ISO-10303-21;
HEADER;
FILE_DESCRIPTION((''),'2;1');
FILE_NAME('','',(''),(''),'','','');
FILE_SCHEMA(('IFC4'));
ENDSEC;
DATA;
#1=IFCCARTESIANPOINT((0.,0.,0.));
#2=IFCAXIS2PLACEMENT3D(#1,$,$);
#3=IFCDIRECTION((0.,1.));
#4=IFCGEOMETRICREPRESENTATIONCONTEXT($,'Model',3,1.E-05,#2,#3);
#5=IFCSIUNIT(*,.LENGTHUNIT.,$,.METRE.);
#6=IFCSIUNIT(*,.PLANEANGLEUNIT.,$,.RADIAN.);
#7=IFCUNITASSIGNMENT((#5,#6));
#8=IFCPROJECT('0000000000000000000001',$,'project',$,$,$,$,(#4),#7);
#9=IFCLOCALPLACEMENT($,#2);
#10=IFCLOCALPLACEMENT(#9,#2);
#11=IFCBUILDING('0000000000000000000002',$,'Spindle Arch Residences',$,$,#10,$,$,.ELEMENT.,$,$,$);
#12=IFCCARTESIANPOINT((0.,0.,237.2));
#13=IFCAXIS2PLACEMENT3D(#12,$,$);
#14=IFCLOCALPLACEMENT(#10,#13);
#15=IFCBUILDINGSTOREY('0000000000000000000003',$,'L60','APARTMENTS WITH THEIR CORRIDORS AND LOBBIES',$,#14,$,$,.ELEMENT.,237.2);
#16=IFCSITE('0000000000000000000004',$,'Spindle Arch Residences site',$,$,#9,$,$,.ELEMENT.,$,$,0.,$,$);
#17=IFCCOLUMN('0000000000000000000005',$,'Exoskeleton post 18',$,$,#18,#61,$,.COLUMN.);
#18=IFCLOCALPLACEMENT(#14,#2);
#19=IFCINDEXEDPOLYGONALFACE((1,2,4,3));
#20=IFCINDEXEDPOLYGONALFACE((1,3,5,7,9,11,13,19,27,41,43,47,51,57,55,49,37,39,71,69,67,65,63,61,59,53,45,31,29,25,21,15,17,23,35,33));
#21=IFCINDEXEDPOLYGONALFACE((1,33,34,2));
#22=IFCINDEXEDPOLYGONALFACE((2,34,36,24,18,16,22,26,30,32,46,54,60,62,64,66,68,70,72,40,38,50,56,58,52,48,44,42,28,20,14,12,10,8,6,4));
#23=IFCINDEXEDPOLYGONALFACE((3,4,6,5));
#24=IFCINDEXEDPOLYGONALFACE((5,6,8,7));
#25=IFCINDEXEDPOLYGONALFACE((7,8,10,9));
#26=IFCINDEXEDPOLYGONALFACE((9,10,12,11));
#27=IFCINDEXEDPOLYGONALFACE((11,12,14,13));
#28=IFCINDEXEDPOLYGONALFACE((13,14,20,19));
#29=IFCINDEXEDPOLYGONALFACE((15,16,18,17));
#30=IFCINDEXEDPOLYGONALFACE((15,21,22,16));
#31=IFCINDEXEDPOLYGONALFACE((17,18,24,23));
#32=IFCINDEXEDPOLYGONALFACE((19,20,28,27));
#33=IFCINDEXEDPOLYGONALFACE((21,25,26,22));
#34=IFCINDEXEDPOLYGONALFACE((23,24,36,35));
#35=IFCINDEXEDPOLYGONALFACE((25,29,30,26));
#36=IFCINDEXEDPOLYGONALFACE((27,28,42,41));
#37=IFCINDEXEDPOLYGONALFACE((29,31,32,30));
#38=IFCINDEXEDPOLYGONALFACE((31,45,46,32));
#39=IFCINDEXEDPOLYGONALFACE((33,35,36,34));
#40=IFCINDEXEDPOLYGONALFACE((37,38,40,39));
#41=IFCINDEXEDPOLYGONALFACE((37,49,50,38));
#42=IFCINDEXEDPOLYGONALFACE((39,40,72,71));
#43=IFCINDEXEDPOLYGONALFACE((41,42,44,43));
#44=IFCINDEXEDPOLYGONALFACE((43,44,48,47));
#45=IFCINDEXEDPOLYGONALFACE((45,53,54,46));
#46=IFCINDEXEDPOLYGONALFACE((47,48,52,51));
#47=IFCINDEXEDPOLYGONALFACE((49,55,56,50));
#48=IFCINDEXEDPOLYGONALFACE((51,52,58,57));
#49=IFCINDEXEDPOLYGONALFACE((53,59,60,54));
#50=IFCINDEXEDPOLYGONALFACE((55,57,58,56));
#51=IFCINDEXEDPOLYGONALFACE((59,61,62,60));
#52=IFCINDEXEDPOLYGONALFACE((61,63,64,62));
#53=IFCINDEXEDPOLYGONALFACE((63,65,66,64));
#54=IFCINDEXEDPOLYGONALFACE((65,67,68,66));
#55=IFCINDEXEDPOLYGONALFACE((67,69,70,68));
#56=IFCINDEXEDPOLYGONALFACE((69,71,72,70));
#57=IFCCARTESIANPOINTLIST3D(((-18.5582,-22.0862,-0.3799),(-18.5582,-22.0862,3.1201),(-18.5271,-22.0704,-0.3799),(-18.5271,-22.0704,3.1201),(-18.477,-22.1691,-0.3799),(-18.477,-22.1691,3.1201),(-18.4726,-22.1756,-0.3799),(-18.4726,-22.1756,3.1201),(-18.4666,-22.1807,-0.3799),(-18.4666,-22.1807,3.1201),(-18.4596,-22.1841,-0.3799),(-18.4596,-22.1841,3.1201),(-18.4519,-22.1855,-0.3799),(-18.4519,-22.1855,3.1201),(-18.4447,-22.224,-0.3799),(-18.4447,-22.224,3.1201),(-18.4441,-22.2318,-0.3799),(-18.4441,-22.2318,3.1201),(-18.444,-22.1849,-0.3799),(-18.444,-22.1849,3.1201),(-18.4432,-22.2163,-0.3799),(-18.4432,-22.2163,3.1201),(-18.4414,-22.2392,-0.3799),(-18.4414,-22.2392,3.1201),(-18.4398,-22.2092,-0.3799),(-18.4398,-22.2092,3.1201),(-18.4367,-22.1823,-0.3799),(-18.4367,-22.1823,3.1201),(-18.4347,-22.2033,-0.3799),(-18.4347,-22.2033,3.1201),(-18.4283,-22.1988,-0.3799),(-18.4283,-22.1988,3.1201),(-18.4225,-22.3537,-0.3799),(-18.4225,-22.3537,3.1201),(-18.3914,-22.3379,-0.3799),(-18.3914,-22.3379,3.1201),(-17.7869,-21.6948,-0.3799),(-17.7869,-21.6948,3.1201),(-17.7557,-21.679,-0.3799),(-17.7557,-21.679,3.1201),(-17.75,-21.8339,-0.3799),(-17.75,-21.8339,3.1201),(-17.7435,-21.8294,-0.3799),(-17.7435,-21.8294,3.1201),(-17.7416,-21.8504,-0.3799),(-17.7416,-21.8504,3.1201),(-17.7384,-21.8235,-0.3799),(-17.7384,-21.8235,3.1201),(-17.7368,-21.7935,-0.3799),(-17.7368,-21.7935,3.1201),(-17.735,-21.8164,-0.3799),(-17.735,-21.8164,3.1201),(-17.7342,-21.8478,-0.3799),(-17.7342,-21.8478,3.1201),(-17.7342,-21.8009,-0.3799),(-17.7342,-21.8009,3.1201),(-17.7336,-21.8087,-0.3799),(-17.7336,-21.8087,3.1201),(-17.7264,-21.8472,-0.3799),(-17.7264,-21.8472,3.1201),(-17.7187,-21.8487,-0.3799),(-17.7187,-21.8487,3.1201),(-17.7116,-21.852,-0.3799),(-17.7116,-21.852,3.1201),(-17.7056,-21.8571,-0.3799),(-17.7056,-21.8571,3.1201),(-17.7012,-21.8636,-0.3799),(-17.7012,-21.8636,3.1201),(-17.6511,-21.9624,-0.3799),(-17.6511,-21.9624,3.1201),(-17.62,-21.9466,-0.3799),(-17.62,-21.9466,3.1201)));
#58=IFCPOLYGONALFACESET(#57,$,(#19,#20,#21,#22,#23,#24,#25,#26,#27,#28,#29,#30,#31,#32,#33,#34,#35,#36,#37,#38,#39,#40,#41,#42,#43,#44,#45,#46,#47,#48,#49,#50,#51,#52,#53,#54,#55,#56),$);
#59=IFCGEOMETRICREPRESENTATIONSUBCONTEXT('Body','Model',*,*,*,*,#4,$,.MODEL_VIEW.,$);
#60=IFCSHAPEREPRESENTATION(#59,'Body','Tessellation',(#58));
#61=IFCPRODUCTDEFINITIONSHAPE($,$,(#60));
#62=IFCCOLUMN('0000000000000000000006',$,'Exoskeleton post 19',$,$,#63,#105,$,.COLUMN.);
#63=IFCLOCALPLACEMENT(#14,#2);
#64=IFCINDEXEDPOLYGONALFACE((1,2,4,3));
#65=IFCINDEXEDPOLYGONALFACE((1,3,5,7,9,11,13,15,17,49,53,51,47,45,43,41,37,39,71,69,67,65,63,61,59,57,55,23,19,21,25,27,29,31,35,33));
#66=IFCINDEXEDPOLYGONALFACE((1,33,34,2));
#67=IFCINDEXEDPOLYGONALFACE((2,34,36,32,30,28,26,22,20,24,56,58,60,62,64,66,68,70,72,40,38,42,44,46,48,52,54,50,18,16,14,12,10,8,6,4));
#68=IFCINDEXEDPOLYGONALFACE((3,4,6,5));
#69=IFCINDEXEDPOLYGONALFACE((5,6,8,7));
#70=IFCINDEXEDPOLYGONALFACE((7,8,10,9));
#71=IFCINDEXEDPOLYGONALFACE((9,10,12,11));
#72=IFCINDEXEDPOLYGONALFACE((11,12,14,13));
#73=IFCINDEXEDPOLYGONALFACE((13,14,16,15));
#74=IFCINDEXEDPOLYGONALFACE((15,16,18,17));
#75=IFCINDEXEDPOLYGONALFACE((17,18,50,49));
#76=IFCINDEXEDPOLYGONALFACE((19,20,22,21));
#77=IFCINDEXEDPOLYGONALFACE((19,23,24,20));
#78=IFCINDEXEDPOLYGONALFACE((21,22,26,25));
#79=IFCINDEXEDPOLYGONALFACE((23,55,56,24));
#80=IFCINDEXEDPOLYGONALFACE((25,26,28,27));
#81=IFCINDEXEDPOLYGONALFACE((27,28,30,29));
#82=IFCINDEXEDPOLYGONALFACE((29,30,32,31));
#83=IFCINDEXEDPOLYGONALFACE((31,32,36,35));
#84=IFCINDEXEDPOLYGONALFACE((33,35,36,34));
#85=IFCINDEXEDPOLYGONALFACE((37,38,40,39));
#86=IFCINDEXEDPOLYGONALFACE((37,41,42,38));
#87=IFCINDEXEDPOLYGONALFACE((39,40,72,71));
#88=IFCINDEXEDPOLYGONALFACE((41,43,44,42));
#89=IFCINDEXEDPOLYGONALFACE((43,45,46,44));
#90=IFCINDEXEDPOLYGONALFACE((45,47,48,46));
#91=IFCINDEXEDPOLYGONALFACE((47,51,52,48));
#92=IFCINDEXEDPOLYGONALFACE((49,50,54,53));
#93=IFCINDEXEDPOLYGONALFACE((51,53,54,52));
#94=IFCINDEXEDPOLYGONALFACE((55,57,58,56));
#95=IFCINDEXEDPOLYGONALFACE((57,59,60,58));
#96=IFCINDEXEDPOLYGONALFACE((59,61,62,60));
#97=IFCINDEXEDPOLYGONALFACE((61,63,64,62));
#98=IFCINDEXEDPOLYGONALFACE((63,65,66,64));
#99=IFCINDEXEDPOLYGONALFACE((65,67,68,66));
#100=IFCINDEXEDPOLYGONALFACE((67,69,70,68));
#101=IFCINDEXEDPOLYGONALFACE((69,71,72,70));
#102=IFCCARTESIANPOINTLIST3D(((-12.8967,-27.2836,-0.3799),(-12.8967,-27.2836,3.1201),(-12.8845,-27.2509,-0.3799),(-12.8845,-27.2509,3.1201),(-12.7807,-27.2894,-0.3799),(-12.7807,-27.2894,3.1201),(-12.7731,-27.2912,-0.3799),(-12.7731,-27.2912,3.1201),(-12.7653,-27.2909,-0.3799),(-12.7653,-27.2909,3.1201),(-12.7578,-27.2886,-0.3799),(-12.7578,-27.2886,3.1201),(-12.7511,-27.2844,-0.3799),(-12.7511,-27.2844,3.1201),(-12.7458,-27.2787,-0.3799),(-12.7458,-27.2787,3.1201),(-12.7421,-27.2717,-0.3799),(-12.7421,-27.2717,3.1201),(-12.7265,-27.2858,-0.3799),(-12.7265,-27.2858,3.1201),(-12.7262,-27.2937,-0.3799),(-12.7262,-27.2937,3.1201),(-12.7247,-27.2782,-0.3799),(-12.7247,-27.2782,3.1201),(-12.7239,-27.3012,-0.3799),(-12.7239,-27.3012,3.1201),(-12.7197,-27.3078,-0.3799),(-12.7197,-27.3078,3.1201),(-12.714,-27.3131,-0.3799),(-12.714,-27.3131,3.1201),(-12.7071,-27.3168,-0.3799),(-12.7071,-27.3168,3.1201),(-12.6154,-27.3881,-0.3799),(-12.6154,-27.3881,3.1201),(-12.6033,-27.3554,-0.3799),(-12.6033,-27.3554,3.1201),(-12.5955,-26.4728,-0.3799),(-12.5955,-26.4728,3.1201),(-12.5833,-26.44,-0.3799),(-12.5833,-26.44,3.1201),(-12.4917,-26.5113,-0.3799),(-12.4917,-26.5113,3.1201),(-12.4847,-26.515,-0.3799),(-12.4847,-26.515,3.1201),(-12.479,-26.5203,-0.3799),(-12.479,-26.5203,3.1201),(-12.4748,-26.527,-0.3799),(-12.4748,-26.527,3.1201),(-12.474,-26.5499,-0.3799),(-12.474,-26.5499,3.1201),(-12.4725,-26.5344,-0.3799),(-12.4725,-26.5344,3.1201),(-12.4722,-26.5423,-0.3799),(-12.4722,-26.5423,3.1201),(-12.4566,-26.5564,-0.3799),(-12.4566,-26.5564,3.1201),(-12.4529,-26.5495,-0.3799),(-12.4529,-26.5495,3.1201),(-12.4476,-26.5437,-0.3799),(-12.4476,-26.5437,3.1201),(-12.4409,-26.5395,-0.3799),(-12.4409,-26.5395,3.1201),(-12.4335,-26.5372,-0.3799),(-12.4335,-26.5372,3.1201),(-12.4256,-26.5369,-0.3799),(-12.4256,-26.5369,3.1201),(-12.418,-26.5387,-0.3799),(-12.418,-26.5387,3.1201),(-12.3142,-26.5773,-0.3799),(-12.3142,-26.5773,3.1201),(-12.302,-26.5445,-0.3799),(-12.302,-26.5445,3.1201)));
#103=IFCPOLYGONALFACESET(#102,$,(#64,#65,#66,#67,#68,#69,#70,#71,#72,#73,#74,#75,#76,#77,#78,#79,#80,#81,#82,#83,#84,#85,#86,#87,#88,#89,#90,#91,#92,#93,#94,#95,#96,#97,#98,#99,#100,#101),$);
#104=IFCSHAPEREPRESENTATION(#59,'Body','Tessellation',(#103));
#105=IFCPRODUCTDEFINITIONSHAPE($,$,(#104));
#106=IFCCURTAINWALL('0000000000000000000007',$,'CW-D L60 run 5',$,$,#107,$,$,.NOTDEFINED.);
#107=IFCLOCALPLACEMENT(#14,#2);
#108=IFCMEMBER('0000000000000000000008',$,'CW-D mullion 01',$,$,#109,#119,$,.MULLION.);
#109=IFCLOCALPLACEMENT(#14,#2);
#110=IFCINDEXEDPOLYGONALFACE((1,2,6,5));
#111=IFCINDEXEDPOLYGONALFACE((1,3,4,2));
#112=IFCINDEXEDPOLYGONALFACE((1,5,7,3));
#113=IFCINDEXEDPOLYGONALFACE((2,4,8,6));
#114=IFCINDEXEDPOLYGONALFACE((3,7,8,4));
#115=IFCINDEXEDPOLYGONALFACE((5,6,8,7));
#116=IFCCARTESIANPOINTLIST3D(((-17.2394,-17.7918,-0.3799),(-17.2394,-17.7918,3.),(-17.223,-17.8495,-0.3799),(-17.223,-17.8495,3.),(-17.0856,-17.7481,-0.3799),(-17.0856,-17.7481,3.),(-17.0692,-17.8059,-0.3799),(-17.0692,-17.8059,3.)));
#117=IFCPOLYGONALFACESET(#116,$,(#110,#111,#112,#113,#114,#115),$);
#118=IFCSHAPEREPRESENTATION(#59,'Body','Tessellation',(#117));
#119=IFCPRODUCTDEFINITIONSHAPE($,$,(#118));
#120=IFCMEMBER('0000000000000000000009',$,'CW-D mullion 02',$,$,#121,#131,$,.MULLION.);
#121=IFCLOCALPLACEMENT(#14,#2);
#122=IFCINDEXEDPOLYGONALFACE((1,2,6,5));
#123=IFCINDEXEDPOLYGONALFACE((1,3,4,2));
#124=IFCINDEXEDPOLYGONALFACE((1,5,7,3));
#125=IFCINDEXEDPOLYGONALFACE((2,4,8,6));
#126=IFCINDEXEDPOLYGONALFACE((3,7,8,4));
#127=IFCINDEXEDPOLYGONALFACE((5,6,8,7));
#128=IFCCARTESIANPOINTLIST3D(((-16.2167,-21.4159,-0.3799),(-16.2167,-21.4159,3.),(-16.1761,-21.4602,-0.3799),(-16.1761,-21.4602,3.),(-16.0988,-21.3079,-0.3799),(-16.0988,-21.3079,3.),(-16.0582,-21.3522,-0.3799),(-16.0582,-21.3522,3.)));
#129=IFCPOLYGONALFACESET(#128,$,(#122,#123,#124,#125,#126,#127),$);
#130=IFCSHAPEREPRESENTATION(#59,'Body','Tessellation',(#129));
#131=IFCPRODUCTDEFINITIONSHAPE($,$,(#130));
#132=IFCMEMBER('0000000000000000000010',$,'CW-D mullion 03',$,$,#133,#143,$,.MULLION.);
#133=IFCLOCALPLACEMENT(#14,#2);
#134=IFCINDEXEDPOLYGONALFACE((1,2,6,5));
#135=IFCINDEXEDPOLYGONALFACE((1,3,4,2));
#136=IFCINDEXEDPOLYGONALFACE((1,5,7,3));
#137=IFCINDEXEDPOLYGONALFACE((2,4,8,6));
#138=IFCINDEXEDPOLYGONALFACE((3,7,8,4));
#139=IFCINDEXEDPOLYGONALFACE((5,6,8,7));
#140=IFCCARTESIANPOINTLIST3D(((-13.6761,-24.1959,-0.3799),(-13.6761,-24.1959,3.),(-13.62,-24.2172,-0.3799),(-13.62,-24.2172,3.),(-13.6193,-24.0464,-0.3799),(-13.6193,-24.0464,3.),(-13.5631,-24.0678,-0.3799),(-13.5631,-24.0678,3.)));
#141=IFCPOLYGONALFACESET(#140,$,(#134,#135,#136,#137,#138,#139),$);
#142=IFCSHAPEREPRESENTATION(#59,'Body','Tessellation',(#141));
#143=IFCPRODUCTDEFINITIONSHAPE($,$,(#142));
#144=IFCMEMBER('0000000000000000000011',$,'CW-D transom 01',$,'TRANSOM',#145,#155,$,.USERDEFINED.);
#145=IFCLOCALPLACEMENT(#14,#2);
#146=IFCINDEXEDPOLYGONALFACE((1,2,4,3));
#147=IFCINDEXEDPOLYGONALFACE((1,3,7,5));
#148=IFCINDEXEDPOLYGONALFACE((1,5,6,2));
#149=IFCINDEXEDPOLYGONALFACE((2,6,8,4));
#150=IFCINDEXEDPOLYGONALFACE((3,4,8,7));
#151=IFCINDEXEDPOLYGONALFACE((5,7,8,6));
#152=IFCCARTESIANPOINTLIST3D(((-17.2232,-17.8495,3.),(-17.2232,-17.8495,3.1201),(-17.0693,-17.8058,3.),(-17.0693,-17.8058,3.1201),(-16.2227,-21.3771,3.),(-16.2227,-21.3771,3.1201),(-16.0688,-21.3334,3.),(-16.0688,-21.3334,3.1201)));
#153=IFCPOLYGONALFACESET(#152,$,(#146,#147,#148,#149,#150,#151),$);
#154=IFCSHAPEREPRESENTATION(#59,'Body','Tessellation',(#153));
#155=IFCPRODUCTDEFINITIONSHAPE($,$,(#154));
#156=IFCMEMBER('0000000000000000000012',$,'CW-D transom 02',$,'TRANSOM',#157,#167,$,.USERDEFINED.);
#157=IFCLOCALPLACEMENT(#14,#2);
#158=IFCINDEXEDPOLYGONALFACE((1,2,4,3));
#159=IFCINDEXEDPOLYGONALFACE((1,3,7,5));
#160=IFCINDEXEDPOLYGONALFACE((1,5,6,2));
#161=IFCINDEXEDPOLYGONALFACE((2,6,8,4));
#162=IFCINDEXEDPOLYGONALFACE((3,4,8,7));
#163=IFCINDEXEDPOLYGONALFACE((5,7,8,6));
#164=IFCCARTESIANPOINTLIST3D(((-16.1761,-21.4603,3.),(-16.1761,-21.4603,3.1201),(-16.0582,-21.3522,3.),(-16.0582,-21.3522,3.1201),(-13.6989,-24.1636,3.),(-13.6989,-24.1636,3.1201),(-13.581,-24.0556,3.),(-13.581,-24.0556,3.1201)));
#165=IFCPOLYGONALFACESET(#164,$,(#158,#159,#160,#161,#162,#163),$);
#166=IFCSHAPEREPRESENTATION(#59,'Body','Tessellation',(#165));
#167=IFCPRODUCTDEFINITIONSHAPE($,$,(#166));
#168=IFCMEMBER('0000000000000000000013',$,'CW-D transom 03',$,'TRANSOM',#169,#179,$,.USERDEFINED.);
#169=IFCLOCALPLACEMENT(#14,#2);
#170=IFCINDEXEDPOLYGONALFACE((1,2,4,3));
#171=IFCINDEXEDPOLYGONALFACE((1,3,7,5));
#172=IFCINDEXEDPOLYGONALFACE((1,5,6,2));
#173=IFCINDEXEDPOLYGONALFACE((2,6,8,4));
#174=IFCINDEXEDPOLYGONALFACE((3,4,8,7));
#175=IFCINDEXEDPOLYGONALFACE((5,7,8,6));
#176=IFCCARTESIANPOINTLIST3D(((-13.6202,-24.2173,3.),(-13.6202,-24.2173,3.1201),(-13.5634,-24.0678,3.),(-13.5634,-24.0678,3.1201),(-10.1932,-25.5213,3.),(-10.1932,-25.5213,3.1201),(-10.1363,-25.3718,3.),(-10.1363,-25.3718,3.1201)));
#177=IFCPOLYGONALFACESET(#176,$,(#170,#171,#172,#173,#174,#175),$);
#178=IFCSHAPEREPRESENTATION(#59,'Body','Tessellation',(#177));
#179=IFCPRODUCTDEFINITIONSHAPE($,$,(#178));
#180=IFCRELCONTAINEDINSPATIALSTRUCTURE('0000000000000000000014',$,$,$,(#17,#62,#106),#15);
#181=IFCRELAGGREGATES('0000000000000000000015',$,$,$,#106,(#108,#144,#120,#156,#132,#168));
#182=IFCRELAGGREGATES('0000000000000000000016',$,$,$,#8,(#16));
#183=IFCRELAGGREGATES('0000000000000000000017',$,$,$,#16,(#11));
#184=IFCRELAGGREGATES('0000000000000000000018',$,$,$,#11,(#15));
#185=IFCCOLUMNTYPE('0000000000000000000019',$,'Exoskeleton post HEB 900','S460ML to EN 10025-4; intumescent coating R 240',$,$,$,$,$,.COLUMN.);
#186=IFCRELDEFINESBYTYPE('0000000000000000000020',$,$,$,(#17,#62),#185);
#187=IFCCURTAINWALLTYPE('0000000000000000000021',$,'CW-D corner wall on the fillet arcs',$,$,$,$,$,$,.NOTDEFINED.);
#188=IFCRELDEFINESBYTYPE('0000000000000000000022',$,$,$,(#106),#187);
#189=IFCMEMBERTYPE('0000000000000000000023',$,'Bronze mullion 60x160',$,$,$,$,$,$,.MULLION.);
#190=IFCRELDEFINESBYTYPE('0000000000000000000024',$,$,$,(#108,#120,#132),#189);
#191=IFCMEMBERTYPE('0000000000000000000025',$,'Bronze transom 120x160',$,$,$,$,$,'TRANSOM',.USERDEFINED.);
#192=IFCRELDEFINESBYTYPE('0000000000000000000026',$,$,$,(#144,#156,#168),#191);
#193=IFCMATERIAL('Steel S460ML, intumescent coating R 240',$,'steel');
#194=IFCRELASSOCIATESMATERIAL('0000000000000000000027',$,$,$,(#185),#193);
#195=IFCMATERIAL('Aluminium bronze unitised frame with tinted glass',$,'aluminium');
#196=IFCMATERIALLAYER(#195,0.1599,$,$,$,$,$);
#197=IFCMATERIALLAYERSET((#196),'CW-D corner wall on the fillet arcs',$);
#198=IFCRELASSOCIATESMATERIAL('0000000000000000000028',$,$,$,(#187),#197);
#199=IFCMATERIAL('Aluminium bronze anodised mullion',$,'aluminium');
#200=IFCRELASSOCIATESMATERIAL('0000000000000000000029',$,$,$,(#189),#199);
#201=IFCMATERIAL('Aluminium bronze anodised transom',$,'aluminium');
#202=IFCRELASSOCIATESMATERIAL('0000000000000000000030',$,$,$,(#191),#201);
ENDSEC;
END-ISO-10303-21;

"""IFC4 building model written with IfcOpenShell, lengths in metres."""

from ifc_helpers import new_model, si_unit, direction, frame, origin, origin_2d, place, context, subcontext, project, spatial, rectangle, i_section, extrude, material, layer, layer_set, material_profile, profile_set, type_object, element, aggregate, save


model = new_model("IFC4")

# Units and contexts
model_context = context("Model", 3, precision=1e-05, world=origin(), true_north=direction((0.0, 1.0)))
body_context = subcontext(model_context, "Body", "Model", "MODEL_VIEW")
ifc_project = project(units=[si_unit("LENGTHUNIT", "METRE"), si_unit("PLANEANGLEUNIT", "RADIAN")], contexts=[model_context])

# Site, building, storey
site_placement = place(None, origin())
site = spatial("IfcSite", under=ifc_project, at=site_placement, Name="Spindle Arch Residences site", CompositionType="ELEMENT", RefElevation=0.0)
building_placement = place(site_placement, origin())
building = spatial("IfcBuilding", under=site, at=building_placement, Name="Spindle Arch Residences", CompositionType="ELEMENT")
storey_placement = place(building_placement, frame((0.0, 0.0, 237.2)))
storey = spatial("IfcBuildingStorey", under=building, at=storey_placement, Name="L60", Description="APARTMENTS WITH THEIR CORRIDORS AND LOBBIES", CompositionType="ELEMENT", Elevation=237.2)

# Columns
ifc_material_1 = material(Name="Steel S460ML, intumescent coating R 240", Category="steel")
ifc_material_profile_1 = material_profile(ifc_material_1, i_section(OverallWidth=0.3, OverallDepth=0.8999, WebThickness=0.0186, FlangeThickness=0.0349, FilletRadius=0.03, at=origin_2d()), Name="HEB 900")
ifc_profile_set_1 = profile_set([ifc_material_profile_1], Name="Steel S460ML, intumescent coating R 240")
column_type = type_object("IfcColumnType", Name="Exoskeleton post HEB 900", Description="S460ML to EN 10025-4; intumescent coating R 240", PredefinedType="COLUMN", material=ifc_profile_set_1)
for number, where, z_axis, x_axis, name in (
    (1, (-18.0891, -22.0164, -0.3799), (0.0, 0.0, 1.0), (-0.452474, 0.891778, 0.0), "Exoskeleton post 18"),
    (2, (-12.5994, -26.9141, -0.3799), (0.0, 0.0, 1.0), (-0.937401, 0.348253, 0.0), "Exoskeleton post 19"),
):
    element("IfcColumn", number, at=place(storey_placement, frame(where, z_axis=z_axis, x_axis=x_axis)), inside=storey, type_object=column_type, Name=name, PredefinedType="COLUMN", context=body_context, shape_type="SweptSolid", body=[
        extrude(i_section(OverallWidth=0.3, OverallDepth=0.8999, WebThickness=0.0186, FlangeThickness=0.0349, FilletRadius=0.03, at=origin_2d()), origin(), (0.0, 0.0, 1.0), 3.5),
    ])

# Curtain wall, members
ifc_material_2 = material(Name="Aluminium bronze unitised frame with tinted glass", Category="aluminium")
ifc_layer_1 = layer(ifc_material_2, 0.1599)
ifc_layer_set_1 = layer_set([ifc_layer_1], Name="CW-D corner wall on the fillet arcs")
curtain_wall_type = type_object("IfcCurtainWallType", Name="CW-D corner wall on the fillet arcs", PredefinedType="NOTDEFINED", material=ifc_layer_set_1)
curtain_wall_placement = place(storey_placement, origin())
curtain_wall = element("IfcCurtainWall", 3, at=curtain_wall_placement, inside=storey, type_object=curtain_wall_type, Name="CW-D L60 run 5", PredefinedType="NOTDEFINED")
ifc_material_3 = material(Name="Aluminium bronze anodised mullion", Category="aluminium")
ifc_material_profile_2 = material_profile(ifc_material_3, rectangle(XDim=0.1599, YDim=0.0601, at=origin_2d()), Name="MU 60x160")
ifc_profile_set_2 = profile_set([ifc_material_profile_2], Name="Aluminium bronze anodised mullion")
member_type_1 = type_object("IfcMemberType", Name="Bronze mullion 60x160", PredefinedType="MULLION", material=ifc_profile_set_2)
member_1_placement = place(storey_placement, frame((-17.1543, -17.7988, -0.3799), z_axis=(0.0, 0.0, 1.0), x_axis=(0.962059, 0.27284, 0.0)))
member_1 = element("IfcMember", 4, at=member_1_placement, type_object=member_type_1, Name="CW-D mullion 01", PredefinedType="MULLION", context=body_context, shape_type="SweptSolid", body=[
    extrude(rectangle(XDim=0.1599, YDim=0.0601, at=origin_2d()), origin(), (0.0, 0.0, 1.0), 3.3799),
])
member_2_placement = place(storey_placement, frame((-16.1375, -21.384, -0.3799), z_axis=(0.0, 0.0, 1.0), x_axis=(0.737277, 0.67559, 0.0)))
member_2 = element("IfcMember", 5, at=member_2_placement, type_object=member_type_1, Name="CW-D mullion 02", PredefinedType="MULLION", context=body_context, shape_type="SweptSolid", body=[
    extrude(rectangle(XDim=0.1599, YDim=0.0601, at=origin_2d()), origin(), (0.0, 0.0, 1.0), 3.3799),
])
member_3_placement = place(storey_placement, frame((-13.6196, -24.1318, -0.3799), z_axis=(0.0, 0.0, 1.0), x_axis=(0.355651, 0.934619, 0.0)))
member_3 = element("IfcMember", 6, at=member_3_placement, type_object=member_type_1, Name="CW-D mullion 03", PredefinedType="MULLION", context=body_context, shape_type="SweptSolid", body=[
    extrude(rectangle(XDim=0.1599, YDim=0.0601, at=origin_2d()), origin(), (0.0, 0.0, 1.0), 3.3799),
])
ifc_material_4 = material(Name="Aluminium bronze anodised transom", Category="aluminium")
ifc_material_profile_3 = material_profile(ifc_material_4, rectangle(XDim=0.1599, YDim=0.1201, at=origin_2d()), Name="TR 120x160")
ifc_profile_set_3 = profile_set([ifc_material_profile_3], Name="Aluminium bronze anodised transom")
member_type_2 = type_object("IfcMemberType", Name="Bronze transom 120x160", ElementType="TRANSOM", PredefinedType="USERDEFINED", material=ifc_profile_set_3)
member_4_placement = place(storey_placement, frame((-17.1462, -17.8276, 3.0601), z_axis=(0.272856, -0.962055, 0.0), x_axis=(0.962055, 0.272856, 0.0)))
member_4 = element("IfcMember", 7, at=member_4_placement, type_object=member_type_2, Name="CW-D transom 01", ObjectType="TRANSOM", PredefinedType="USERDEFINED", context=body_context, shape_type="SweptSolid", body=[
    extrude(rectangle(XDim=0.1599, YDim=0.1201, at=origin_2d()), origin(), (0.0, 0.0, 1.0), 3.6667),
])
member_5_placement = place(storey_placement, frame((-16.1172, -21.4062, 3.0601), z_axis=(0.675607, -0.737262, 0.0), x_axis=(0.737262, 0.675607, 0.0)))
member_5 = element("IfcMember", 8, at=member_5_placement, type_object=member_type_2, Name="CW-D transom 02", ObjectType="TRANSOM", PredefinedType="USERDEFINED", context=body_context, shape_type="SweptSolid", body=[
    extrude(rectangle(XDim=0.1599, YDim=0.1201, at=origin_2d()), origin(), (0.0, 0.0, 1.0), 3.6667),
])
member_6_placement = place(storey_placement, frame((-13.5918, -24.1426, 3.0601), z_axis=(0.93463, -0.355622, 0.0), x_axis=(0.355622, 0.93463, 0.0)))
member_6 = element("IfcMember", 9, at=member_6_placement, type_object=member_type_2, Name="CW-D transom 03", ObjectType="TRANSOM", PredefinedType="USERDEFINED", context=body_context, shape_type="SweptSolid", body=[
    extrude(rectangle(XDim=0.1599, YDim=0.1201, at=origin_2d()), origin(), (0.0, 0.0, 1.0), 3.6667),
])

aggregate(curtain_wall, [member_1, member_4, member_2, member_5, member_3, member_6])

save(model, "model.ifc")
